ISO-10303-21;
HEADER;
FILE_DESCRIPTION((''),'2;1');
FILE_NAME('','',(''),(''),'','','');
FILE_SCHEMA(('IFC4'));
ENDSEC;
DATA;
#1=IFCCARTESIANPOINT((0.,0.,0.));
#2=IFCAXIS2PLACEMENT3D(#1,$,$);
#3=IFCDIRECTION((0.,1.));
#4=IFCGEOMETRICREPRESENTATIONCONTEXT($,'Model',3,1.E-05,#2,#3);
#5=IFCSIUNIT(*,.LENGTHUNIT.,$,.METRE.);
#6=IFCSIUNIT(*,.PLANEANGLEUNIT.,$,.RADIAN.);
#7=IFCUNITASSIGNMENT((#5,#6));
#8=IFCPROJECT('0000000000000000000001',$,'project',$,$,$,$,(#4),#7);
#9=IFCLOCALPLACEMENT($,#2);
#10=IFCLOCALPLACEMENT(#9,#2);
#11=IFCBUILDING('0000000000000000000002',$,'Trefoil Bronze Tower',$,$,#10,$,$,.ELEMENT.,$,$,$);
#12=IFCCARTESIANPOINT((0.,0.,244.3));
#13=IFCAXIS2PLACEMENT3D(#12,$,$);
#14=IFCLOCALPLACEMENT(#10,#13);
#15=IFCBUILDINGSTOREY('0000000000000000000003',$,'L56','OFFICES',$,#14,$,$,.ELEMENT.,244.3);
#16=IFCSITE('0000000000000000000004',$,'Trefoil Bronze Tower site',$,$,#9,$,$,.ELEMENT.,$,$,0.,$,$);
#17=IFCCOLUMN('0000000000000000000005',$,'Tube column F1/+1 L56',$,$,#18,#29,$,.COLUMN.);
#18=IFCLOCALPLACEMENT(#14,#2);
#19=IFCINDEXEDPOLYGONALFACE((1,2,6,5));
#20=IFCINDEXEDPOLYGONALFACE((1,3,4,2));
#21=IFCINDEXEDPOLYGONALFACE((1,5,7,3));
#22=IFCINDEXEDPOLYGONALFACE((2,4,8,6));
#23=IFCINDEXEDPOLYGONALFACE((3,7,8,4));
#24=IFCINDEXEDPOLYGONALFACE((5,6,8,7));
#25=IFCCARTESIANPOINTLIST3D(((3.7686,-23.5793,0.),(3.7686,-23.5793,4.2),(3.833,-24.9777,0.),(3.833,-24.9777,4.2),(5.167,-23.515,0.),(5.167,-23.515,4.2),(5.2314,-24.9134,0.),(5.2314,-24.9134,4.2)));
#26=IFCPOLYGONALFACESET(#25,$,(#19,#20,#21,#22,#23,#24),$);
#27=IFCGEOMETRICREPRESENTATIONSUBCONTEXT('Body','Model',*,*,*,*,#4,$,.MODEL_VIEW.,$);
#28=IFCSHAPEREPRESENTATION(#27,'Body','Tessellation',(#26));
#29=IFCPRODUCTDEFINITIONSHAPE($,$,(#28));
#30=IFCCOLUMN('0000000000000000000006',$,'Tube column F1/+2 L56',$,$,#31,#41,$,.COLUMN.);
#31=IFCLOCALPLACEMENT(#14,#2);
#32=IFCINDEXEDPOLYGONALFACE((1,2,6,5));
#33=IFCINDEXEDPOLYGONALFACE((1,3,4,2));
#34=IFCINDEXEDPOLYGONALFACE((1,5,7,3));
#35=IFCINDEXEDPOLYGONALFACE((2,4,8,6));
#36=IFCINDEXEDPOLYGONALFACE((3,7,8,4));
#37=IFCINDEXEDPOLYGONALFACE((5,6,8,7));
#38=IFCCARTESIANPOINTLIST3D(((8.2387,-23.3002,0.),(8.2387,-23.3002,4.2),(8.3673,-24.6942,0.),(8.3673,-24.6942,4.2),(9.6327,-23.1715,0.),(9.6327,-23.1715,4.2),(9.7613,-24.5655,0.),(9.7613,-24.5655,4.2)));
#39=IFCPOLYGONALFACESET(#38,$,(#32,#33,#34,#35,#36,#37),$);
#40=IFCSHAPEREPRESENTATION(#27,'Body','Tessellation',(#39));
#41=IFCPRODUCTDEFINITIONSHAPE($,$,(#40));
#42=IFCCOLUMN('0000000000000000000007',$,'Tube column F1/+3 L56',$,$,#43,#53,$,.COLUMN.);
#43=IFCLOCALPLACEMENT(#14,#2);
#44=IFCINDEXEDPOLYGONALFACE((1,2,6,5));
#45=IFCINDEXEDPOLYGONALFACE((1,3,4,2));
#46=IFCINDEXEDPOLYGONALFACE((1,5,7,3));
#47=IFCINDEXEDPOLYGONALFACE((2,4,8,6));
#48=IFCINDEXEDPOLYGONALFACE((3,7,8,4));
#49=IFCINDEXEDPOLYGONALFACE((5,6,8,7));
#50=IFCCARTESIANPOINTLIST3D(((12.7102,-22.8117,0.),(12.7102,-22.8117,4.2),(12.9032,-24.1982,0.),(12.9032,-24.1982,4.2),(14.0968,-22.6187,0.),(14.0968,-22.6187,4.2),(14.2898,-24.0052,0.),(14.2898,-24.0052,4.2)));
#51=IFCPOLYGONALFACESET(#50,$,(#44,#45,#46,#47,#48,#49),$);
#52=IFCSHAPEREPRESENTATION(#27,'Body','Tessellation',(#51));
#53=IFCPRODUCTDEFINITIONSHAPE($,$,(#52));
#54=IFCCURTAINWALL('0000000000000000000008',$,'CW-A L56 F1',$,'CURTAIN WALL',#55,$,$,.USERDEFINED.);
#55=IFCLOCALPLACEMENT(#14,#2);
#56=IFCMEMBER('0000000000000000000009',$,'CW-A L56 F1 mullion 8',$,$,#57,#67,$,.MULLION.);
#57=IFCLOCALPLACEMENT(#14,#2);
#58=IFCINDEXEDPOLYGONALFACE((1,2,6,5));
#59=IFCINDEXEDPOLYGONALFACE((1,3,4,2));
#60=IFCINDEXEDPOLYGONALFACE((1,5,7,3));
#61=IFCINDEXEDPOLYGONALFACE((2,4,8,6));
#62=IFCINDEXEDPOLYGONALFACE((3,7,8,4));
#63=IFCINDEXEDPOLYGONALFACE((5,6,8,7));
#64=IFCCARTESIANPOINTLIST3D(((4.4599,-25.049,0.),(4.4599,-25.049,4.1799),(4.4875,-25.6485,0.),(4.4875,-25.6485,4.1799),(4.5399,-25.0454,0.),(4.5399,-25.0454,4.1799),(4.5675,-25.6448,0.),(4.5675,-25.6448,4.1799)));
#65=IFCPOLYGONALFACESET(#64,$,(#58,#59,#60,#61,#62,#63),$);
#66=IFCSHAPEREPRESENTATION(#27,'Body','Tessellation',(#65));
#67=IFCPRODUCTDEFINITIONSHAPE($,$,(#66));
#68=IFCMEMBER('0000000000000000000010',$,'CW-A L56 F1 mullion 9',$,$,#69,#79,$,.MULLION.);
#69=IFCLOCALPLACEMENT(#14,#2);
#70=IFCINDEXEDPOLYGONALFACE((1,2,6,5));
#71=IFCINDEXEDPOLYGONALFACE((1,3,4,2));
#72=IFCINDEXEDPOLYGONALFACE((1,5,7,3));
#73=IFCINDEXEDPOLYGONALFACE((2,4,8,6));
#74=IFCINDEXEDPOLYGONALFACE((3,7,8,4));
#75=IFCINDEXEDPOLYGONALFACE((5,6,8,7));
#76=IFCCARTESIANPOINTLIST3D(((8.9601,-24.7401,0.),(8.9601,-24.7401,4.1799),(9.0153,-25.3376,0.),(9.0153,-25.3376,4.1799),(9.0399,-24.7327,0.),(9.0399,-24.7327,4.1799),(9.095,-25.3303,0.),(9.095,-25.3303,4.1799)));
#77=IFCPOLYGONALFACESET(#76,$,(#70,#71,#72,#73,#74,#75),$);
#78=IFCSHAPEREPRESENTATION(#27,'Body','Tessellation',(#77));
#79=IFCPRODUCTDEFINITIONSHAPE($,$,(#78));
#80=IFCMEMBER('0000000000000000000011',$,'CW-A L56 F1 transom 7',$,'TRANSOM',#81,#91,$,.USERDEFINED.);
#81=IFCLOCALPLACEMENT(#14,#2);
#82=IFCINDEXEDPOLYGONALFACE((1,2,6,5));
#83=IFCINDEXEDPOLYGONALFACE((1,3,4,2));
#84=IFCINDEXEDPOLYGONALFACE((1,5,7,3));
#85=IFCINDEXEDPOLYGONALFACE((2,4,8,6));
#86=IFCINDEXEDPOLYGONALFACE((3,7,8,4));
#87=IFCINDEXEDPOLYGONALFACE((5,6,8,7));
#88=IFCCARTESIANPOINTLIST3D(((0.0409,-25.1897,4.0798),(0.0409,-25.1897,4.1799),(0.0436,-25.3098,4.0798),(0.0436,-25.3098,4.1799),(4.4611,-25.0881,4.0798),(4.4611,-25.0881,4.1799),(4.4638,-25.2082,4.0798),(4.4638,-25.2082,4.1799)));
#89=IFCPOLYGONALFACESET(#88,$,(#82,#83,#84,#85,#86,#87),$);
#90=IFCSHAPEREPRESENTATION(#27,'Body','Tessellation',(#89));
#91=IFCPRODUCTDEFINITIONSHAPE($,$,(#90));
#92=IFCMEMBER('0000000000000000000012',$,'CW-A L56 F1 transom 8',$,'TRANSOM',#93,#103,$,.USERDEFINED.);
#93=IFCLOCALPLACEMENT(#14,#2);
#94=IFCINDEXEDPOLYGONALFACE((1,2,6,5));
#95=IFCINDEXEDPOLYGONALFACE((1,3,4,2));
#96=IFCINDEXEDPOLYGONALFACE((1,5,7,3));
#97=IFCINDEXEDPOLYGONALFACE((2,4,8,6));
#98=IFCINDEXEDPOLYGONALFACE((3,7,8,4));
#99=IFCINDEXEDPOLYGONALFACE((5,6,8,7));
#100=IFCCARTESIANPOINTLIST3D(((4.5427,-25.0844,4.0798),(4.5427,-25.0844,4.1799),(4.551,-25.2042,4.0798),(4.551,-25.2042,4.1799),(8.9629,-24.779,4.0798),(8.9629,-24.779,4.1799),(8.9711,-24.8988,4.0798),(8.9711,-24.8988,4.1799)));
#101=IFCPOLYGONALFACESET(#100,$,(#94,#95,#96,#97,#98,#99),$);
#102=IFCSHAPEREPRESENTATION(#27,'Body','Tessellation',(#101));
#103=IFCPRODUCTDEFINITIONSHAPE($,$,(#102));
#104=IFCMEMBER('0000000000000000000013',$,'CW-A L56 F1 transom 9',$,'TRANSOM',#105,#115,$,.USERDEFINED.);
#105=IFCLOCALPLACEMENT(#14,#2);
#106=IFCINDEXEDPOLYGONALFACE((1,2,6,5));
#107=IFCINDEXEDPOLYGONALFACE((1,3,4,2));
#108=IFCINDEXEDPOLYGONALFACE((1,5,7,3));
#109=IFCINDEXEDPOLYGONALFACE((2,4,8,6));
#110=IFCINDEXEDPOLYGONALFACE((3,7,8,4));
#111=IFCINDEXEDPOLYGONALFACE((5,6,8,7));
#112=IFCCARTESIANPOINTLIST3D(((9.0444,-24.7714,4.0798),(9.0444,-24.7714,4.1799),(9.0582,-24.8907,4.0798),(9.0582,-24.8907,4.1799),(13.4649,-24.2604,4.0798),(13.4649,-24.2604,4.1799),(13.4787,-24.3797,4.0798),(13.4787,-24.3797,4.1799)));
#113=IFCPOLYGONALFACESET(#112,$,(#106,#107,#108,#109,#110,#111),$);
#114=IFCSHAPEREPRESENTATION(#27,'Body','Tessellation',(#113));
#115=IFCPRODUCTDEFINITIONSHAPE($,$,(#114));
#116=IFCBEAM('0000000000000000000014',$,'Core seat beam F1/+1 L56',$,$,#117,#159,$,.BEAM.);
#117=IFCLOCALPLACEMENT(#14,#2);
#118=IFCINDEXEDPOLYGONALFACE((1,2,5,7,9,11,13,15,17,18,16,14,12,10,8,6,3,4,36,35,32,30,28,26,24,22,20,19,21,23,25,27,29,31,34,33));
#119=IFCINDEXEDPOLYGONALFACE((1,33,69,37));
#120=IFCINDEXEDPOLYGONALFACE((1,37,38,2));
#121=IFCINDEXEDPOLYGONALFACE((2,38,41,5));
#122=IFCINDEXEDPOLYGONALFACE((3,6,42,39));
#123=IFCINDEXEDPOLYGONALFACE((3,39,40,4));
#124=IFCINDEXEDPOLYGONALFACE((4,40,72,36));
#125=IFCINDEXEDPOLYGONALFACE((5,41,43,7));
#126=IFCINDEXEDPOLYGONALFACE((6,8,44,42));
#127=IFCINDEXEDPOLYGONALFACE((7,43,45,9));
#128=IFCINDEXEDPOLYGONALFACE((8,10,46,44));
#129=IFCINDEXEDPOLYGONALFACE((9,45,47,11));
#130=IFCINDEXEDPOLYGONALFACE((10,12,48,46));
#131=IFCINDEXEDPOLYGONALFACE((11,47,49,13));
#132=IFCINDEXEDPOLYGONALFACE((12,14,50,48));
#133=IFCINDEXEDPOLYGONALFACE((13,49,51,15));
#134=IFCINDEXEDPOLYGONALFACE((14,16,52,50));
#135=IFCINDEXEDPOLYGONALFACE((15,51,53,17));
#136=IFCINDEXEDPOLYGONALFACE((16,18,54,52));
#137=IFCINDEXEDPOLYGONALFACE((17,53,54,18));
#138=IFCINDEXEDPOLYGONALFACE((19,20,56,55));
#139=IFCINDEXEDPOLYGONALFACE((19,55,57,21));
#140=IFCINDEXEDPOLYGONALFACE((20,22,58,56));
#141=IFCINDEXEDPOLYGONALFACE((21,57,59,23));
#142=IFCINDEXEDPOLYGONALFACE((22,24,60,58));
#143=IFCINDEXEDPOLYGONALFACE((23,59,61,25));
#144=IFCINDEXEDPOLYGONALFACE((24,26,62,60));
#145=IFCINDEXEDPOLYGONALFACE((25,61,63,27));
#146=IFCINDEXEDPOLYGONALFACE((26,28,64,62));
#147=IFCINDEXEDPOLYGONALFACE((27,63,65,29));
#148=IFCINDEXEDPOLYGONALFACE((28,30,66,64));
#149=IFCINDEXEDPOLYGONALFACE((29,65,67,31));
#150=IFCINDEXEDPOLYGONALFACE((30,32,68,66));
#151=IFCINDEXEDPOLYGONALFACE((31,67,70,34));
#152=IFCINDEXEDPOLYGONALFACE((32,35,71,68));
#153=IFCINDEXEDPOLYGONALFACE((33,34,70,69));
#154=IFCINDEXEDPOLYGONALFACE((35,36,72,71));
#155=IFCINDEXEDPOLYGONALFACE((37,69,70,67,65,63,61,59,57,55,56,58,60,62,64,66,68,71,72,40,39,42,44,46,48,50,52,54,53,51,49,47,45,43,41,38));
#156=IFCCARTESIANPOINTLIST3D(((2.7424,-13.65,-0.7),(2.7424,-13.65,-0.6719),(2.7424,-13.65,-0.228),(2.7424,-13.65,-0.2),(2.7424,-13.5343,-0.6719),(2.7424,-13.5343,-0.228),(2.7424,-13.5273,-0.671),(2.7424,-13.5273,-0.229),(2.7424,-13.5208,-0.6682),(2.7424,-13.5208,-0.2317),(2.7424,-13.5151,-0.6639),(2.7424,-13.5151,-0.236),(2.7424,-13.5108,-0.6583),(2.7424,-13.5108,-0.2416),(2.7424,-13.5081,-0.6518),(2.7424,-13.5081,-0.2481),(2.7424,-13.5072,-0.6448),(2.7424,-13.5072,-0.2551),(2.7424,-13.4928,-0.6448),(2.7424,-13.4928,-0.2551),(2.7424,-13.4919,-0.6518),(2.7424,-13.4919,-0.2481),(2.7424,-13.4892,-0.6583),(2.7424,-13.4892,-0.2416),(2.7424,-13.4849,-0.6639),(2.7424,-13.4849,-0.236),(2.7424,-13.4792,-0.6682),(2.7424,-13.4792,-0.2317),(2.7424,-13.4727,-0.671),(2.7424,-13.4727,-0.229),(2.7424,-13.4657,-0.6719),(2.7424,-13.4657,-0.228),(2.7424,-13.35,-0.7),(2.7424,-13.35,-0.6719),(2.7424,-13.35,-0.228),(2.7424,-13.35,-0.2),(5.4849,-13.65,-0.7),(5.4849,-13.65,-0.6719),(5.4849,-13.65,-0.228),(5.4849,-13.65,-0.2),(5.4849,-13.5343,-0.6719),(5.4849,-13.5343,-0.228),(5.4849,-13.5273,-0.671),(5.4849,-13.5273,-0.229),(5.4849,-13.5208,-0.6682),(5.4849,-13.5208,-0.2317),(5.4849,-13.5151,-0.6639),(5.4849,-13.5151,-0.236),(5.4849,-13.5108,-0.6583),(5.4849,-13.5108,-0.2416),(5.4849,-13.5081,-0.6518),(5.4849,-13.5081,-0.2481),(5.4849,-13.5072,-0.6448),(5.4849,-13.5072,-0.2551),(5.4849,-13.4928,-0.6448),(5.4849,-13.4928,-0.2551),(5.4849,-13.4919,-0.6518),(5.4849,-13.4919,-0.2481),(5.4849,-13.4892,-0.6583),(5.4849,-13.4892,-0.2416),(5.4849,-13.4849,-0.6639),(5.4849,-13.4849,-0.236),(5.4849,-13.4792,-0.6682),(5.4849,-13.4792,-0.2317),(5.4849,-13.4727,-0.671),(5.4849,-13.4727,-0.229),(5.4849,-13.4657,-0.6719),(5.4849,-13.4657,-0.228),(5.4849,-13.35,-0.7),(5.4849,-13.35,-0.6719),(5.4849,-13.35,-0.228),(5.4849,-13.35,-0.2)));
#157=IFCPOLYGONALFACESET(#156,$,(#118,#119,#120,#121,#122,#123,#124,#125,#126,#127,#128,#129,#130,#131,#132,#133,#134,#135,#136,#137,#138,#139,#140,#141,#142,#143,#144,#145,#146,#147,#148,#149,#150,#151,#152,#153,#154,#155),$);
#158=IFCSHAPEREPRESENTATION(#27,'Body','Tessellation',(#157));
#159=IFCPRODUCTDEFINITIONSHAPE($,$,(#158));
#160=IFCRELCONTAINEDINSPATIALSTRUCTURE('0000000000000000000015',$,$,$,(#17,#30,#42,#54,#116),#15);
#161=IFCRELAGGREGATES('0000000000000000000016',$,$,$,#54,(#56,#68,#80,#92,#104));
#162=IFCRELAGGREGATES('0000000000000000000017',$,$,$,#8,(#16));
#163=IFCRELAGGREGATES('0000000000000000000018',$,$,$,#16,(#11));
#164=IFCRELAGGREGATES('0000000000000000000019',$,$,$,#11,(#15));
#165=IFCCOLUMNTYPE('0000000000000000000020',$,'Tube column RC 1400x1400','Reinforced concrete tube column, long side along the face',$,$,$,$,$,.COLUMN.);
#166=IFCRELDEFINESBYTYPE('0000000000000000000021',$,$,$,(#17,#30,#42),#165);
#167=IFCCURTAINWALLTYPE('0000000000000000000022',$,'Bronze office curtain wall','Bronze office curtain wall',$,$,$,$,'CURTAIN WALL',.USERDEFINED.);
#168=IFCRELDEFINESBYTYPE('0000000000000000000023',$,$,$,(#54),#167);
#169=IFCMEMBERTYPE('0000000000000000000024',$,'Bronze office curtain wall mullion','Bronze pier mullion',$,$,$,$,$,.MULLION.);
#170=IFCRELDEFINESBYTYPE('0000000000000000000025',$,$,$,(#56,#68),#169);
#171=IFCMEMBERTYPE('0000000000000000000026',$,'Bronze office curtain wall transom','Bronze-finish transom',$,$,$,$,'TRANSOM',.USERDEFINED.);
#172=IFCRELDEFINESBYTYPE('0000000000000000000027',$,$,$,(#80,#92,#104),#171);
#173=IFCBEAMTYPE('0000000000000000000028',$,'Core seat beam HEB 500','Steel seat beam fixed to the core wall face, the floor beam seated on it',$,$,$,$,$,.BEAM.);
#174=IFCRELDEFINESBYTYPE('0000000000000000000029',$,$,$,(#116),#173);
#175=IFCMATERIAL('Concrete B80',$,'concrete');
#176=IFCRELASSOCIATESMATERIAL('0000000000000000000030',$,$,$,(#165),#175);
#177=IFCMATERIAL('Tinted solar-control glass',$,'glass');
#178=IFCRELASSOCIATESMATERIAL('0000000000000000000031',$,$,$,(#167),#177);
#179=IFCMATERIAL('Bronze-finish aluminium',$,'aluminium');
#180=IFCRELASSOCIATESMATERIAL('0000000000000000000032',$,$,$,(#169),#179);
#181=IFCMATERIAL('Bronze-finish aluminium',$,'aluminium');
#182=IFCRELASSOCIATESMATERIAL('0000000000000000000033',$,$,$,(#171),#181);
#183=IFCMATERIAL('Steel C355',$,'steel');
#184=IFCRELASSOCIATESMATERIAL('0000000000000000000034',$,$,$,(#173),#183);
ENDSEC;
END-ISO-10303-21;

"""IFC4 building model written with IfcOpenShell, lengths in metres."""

from ifc_helpers import new_model, si_unit, direction, frame, origin, origin_2d, place, context, subcontext, project, spatial, rectangle, i_section, extrude, material, material_profile, profile_set, type_object, element, aggregate, save


model = new_model("IFC4")

# Units and contexts
model_context = context("Model", 3, precision=1e-05, world=origin(), true_north=direction((0.0, 1.0)))
body_context = subcontext(model_context, "Body", "Model", "MODEL_VIEW")
ifc_project = project(units=[si_unit("LENGTHUNIT", "METRE"), si_unit("PLANEANGLEUNIT", "RADIAN")], contexts=[model_context])

# Site, building, storey
site_placement = place(None, origin())
site = spatial("IfcSite", under=ifc_project, at=site_placement, Name="Trefoil Bronze Tower site", CompositionType="ELEMENT", RefElevation=0.0)
building_placement = place(site_placement, origin())
building = spatial("IfcBuilding", under=site, at=building_placement, Name="Trefoil Bronze Tower", CompositionType="ELEMENT")
storey_placement = place(building_placement, frame((0.0, 0.0, 244.3)))
storey = spatial("IfcBuildingStorey", under=building, at=storey_placement, Name="L56", Description="OFFICES", CompositionType="ELEMENT", Elevation=244.3)

# Columns
ifc_material_1 = material(Name="Concrete B80", Category="concrete")
ifc_material_profile_1 = material_profile(ifc_material_1, rectangle(XDim=1.3999, YDim=1.3999, at=origin_2d()), Name="RC 1400x1400")
ifc_profile_set_1 = profile_set([ifc_material_profile_1], Name="Concrete B80")
column_type = type_object("IfcColumnType", Name="Tube column RC 1400x1400", Description="Reinforced concrete tube column, long side along the face", PredefinedType="COLUMN", material=ifc_profile_set_1)
for number, where, z_axis, x_axis, name in (
    (1, (4.5, -24.2463, 0.0), (0.0, 0.0, 1.0), (0.998943, 0.045956, 0.0), "Tube column F1/+1 L56"),
    (2, (9.0, -23.9329, 0.0), (0.0, 0.0, 1.0), (0.995767, 0.091911, 0.0), "Tube column F1/+2 L56"),
    (3, (13.5, -23.4084, 0.0), (0.0, 0.0, 1.0), (0.990451, 0.137868, 0.0), "Tube column F1/+3 L56"),
):
    element("IfcColumn", number, at=place(storey_placement, frame(where, z_axis=z_axis, x_axis=x_axis)), inside=storey, type_object=column_type, Name=name, PredefinedType="COLUMN", context=body_context, shape_type="SweptSolid", body=[
        extrude(rectangle(XDim=1.3999, YDim=1.3999, at=origin_2d()), origin(), (0.0, 0.0, 1.0), 4.2),
    ])

# Curtain wall, members
ifc_material_2 = material(Name="Tinted solar-control glass", Category="glass")
curtain_wall_type = type_object("IfcCurtainWallType", Name="Bronze office curtain wall", Description="Bronze office curtain wall", ElementType="CURTAIN WALL", PredefinedType="USERDEFINED", material=ifc_material_2)
curtain_wall_placement = place(storey_placement, origin())
curtain_wall = element("IfcCurtainWall", 4, at=curtain_wall_placement, inside=storey, type_object=curtain_wall_type, Name="CW-A L56 F1", ObjectType="CURTAIN WALL", PredefinedType="USERDEFINED")
ifc_material_3 = material(Name="Bronze-finish aluminium", Category="aluminium")
ifc_material_profile_2 = material_profile(ifc_material_3, rectangle(XDim=0.6001, YDim=0.0801, at=origin_2d()), Name="CW-A mullion")
ifc_profile_set_2 = profile_set([ifc_material_profile_2], Name="Bronze-finish aluminium")
member_type_1 = type_object("IfcMemberType", Name="Bronze office curtain wall mullion", Description="Bronze pier mullion", PredefinedType="MULLION", material=ifc_profile_set_2)
member_1_placement = place(storey_placement, frame((4.5137, -25.3469, 0.0), z_axis=(0.0, 0.0, 1.0), x_axis=(-0.045956, 0.998943, 0.0)))
member_1 = element("IfcMember", 5, at=member_1_placement, type_object=member_type_1, Name="CW-A L56 F1 mullion 8", PredefinedType="MULLION", context=body_context, shape_type="SweptSolid", body=[
    extrude(rectangle(XDim=0.6001, YDim=0.0801, at=origin_2d()), origin(), (0.0, 0.0, 1.0), 4.1799),
])
member_2_placement = place(storey_placement, frame((9.0276, -25.0352, 0.0), z_axis=(0.0, 0.0, 1.0), x_axis=(-0.091911, 0.995767, 0.0)))
member_2 = element("IfcMember", 6, at=member_2_placement, type_object=member_type_1, Name="CW-A L56 F1 mullion 9", PredefinedType="MULLION", context=body_context, shape_type="SweptSolid", body=[
    extrude(rectangle(XDim=0.6001, YDim=0.0801, at=origin_2d()), origin(), (0.0, 0.0, 1.0), 4.1799),
])
ifc_material_4 = material(Name="Bronze-finish aluminium", Category="aluminium")
ifc_material_profile_3 = material_profile(ifc_material_4, rectangle(XDim=0.1201, YDim=0.1001, at=origin_2d()), Name="CW-A transom")
ifc_profile_set_3 = profile_set([ifc_material_profile_3], Name="Bronze-finish aluminium")
member_type_2 = type_object("IfcMemberType", Name="Bronze office curtain wall transom", Description="Bronze-finish transom", ElementType="TRANSOM", PredefinedType="USERDEFINED", material=ifc_profile_set_3)
member_3_placement = place(storey_placement, frame((0.0422, -25.2498, 4.1299), z_axis=(0.999736, 0.022971, 0.0), x_axis=(-0.022971, 0.999736, 0.0)))
member_3 = element("IfcMember", 7, at=member_3_placement, type_object=member_type_2, Name="CW-A L56 F1 transom 7", ObjectType="TRANSOM", PredefinedType="USERDEFINED", context=body_context, shape_type="SweptSolid", body=[
    extrude(rectangle(XDim=0.1201, YDim=0.1001, at=origin_2d()), origin(), (0.0, 0.0, 1.0), 4.4214),
])
member_4_placement = place(storey_placement, frame((4.5469, -25.1443, 4.1299), z_axis=(0.997621, 0.068933, 0.0), x_axis=(-0.068933, 0.997621, 0.0)))
member_4 = element("IfcMember", 8, at=member_4_placement, type_object=member_type_2, Name="CW-A L56 F1 transom 8", ObjectType="TRANSOM", PredefinedType="USERDEFINED", context=body_context, shape_type="SweptSolid", body=[
    extrude(rectangle(XDim=0.1201, YDim=0.1001, at=origin_2d()), origin(), (0.0, 0.0, 1.0), 4.4307),
])
member_5_placement = place(storey_placement, frame((9.0513, -24.8311, 4.1299), z_axis=(0.993385, 0.114832, 0.0), x_axis=(-0.114832, 0.993385, 0.0)))
member_5 = element("IfcMember", 9, at=member_5_placement, type_object=member_type_2, Name="CW-A L56 F1 transom 9", ObjectType="TRANSOM", PredefinedType="USERDEFINED", context=body_context, shape_type="SweptSolid", body=[
    extrude(rectangle(XDim=0.1201, YDim=0.1001, at=origin_2d()), origin(), (0.0, 0.0, 1.0), 4.45),
])

# Beam
ifc_material_5 = material(Name="Steel C355", Category="steel")
ifc_material_profile_4 = material_profile(ifc_material_5, i_section(OverallWidth=0.3, OverallDepth=0.5, WebThickness=0.0144, FlangeThickness=0.0281, FilletRadius=0.0271, at=origin_2d()), Name="HEB 500")
ifc_profile_set_4 = profile_set([ifc_material_profile_4], Name="Steel C355")
beam_type_1 = type_object("IfcBeamType", Name="Core seat beam HEB 500", Description="Steel seat beam fixed to the core wall face, the floor beam seated on it", PredefinedType="BEAM", material=ifc_profile_set_4)
for number, where, z_axis, x_axis, name in (
    (10, (2.7424, -13.5, -0.45), (1.0, 0.0, 0.0), (0.0, 1.0, 0.0), "Core seat beam F1/+1 L56"),
):
    element("IfcBeam", number, at=place(storey_placement, frame(where, z_axis=z_axis, x_axis=x_axis)), inside=storey, type_object=beam_type_1, Name=name, PredefinedType="BEAM", context=body_context, shape_type="SweptSolid", body=[
        extrude(i_section(OverallWidth=0.3, OverallDepth=0.5, WebThickness=0.0144, FlangeThickness=0.0281, FilletRadius=0.0271, at=origin_2d()), origin(), (0.0, 0.0, 1.0), 2.7424),
    ])

aggregate(curtain_wall, [member_1, member_2, member_3, member_4, member_5])

save(model, "model.ifc")
